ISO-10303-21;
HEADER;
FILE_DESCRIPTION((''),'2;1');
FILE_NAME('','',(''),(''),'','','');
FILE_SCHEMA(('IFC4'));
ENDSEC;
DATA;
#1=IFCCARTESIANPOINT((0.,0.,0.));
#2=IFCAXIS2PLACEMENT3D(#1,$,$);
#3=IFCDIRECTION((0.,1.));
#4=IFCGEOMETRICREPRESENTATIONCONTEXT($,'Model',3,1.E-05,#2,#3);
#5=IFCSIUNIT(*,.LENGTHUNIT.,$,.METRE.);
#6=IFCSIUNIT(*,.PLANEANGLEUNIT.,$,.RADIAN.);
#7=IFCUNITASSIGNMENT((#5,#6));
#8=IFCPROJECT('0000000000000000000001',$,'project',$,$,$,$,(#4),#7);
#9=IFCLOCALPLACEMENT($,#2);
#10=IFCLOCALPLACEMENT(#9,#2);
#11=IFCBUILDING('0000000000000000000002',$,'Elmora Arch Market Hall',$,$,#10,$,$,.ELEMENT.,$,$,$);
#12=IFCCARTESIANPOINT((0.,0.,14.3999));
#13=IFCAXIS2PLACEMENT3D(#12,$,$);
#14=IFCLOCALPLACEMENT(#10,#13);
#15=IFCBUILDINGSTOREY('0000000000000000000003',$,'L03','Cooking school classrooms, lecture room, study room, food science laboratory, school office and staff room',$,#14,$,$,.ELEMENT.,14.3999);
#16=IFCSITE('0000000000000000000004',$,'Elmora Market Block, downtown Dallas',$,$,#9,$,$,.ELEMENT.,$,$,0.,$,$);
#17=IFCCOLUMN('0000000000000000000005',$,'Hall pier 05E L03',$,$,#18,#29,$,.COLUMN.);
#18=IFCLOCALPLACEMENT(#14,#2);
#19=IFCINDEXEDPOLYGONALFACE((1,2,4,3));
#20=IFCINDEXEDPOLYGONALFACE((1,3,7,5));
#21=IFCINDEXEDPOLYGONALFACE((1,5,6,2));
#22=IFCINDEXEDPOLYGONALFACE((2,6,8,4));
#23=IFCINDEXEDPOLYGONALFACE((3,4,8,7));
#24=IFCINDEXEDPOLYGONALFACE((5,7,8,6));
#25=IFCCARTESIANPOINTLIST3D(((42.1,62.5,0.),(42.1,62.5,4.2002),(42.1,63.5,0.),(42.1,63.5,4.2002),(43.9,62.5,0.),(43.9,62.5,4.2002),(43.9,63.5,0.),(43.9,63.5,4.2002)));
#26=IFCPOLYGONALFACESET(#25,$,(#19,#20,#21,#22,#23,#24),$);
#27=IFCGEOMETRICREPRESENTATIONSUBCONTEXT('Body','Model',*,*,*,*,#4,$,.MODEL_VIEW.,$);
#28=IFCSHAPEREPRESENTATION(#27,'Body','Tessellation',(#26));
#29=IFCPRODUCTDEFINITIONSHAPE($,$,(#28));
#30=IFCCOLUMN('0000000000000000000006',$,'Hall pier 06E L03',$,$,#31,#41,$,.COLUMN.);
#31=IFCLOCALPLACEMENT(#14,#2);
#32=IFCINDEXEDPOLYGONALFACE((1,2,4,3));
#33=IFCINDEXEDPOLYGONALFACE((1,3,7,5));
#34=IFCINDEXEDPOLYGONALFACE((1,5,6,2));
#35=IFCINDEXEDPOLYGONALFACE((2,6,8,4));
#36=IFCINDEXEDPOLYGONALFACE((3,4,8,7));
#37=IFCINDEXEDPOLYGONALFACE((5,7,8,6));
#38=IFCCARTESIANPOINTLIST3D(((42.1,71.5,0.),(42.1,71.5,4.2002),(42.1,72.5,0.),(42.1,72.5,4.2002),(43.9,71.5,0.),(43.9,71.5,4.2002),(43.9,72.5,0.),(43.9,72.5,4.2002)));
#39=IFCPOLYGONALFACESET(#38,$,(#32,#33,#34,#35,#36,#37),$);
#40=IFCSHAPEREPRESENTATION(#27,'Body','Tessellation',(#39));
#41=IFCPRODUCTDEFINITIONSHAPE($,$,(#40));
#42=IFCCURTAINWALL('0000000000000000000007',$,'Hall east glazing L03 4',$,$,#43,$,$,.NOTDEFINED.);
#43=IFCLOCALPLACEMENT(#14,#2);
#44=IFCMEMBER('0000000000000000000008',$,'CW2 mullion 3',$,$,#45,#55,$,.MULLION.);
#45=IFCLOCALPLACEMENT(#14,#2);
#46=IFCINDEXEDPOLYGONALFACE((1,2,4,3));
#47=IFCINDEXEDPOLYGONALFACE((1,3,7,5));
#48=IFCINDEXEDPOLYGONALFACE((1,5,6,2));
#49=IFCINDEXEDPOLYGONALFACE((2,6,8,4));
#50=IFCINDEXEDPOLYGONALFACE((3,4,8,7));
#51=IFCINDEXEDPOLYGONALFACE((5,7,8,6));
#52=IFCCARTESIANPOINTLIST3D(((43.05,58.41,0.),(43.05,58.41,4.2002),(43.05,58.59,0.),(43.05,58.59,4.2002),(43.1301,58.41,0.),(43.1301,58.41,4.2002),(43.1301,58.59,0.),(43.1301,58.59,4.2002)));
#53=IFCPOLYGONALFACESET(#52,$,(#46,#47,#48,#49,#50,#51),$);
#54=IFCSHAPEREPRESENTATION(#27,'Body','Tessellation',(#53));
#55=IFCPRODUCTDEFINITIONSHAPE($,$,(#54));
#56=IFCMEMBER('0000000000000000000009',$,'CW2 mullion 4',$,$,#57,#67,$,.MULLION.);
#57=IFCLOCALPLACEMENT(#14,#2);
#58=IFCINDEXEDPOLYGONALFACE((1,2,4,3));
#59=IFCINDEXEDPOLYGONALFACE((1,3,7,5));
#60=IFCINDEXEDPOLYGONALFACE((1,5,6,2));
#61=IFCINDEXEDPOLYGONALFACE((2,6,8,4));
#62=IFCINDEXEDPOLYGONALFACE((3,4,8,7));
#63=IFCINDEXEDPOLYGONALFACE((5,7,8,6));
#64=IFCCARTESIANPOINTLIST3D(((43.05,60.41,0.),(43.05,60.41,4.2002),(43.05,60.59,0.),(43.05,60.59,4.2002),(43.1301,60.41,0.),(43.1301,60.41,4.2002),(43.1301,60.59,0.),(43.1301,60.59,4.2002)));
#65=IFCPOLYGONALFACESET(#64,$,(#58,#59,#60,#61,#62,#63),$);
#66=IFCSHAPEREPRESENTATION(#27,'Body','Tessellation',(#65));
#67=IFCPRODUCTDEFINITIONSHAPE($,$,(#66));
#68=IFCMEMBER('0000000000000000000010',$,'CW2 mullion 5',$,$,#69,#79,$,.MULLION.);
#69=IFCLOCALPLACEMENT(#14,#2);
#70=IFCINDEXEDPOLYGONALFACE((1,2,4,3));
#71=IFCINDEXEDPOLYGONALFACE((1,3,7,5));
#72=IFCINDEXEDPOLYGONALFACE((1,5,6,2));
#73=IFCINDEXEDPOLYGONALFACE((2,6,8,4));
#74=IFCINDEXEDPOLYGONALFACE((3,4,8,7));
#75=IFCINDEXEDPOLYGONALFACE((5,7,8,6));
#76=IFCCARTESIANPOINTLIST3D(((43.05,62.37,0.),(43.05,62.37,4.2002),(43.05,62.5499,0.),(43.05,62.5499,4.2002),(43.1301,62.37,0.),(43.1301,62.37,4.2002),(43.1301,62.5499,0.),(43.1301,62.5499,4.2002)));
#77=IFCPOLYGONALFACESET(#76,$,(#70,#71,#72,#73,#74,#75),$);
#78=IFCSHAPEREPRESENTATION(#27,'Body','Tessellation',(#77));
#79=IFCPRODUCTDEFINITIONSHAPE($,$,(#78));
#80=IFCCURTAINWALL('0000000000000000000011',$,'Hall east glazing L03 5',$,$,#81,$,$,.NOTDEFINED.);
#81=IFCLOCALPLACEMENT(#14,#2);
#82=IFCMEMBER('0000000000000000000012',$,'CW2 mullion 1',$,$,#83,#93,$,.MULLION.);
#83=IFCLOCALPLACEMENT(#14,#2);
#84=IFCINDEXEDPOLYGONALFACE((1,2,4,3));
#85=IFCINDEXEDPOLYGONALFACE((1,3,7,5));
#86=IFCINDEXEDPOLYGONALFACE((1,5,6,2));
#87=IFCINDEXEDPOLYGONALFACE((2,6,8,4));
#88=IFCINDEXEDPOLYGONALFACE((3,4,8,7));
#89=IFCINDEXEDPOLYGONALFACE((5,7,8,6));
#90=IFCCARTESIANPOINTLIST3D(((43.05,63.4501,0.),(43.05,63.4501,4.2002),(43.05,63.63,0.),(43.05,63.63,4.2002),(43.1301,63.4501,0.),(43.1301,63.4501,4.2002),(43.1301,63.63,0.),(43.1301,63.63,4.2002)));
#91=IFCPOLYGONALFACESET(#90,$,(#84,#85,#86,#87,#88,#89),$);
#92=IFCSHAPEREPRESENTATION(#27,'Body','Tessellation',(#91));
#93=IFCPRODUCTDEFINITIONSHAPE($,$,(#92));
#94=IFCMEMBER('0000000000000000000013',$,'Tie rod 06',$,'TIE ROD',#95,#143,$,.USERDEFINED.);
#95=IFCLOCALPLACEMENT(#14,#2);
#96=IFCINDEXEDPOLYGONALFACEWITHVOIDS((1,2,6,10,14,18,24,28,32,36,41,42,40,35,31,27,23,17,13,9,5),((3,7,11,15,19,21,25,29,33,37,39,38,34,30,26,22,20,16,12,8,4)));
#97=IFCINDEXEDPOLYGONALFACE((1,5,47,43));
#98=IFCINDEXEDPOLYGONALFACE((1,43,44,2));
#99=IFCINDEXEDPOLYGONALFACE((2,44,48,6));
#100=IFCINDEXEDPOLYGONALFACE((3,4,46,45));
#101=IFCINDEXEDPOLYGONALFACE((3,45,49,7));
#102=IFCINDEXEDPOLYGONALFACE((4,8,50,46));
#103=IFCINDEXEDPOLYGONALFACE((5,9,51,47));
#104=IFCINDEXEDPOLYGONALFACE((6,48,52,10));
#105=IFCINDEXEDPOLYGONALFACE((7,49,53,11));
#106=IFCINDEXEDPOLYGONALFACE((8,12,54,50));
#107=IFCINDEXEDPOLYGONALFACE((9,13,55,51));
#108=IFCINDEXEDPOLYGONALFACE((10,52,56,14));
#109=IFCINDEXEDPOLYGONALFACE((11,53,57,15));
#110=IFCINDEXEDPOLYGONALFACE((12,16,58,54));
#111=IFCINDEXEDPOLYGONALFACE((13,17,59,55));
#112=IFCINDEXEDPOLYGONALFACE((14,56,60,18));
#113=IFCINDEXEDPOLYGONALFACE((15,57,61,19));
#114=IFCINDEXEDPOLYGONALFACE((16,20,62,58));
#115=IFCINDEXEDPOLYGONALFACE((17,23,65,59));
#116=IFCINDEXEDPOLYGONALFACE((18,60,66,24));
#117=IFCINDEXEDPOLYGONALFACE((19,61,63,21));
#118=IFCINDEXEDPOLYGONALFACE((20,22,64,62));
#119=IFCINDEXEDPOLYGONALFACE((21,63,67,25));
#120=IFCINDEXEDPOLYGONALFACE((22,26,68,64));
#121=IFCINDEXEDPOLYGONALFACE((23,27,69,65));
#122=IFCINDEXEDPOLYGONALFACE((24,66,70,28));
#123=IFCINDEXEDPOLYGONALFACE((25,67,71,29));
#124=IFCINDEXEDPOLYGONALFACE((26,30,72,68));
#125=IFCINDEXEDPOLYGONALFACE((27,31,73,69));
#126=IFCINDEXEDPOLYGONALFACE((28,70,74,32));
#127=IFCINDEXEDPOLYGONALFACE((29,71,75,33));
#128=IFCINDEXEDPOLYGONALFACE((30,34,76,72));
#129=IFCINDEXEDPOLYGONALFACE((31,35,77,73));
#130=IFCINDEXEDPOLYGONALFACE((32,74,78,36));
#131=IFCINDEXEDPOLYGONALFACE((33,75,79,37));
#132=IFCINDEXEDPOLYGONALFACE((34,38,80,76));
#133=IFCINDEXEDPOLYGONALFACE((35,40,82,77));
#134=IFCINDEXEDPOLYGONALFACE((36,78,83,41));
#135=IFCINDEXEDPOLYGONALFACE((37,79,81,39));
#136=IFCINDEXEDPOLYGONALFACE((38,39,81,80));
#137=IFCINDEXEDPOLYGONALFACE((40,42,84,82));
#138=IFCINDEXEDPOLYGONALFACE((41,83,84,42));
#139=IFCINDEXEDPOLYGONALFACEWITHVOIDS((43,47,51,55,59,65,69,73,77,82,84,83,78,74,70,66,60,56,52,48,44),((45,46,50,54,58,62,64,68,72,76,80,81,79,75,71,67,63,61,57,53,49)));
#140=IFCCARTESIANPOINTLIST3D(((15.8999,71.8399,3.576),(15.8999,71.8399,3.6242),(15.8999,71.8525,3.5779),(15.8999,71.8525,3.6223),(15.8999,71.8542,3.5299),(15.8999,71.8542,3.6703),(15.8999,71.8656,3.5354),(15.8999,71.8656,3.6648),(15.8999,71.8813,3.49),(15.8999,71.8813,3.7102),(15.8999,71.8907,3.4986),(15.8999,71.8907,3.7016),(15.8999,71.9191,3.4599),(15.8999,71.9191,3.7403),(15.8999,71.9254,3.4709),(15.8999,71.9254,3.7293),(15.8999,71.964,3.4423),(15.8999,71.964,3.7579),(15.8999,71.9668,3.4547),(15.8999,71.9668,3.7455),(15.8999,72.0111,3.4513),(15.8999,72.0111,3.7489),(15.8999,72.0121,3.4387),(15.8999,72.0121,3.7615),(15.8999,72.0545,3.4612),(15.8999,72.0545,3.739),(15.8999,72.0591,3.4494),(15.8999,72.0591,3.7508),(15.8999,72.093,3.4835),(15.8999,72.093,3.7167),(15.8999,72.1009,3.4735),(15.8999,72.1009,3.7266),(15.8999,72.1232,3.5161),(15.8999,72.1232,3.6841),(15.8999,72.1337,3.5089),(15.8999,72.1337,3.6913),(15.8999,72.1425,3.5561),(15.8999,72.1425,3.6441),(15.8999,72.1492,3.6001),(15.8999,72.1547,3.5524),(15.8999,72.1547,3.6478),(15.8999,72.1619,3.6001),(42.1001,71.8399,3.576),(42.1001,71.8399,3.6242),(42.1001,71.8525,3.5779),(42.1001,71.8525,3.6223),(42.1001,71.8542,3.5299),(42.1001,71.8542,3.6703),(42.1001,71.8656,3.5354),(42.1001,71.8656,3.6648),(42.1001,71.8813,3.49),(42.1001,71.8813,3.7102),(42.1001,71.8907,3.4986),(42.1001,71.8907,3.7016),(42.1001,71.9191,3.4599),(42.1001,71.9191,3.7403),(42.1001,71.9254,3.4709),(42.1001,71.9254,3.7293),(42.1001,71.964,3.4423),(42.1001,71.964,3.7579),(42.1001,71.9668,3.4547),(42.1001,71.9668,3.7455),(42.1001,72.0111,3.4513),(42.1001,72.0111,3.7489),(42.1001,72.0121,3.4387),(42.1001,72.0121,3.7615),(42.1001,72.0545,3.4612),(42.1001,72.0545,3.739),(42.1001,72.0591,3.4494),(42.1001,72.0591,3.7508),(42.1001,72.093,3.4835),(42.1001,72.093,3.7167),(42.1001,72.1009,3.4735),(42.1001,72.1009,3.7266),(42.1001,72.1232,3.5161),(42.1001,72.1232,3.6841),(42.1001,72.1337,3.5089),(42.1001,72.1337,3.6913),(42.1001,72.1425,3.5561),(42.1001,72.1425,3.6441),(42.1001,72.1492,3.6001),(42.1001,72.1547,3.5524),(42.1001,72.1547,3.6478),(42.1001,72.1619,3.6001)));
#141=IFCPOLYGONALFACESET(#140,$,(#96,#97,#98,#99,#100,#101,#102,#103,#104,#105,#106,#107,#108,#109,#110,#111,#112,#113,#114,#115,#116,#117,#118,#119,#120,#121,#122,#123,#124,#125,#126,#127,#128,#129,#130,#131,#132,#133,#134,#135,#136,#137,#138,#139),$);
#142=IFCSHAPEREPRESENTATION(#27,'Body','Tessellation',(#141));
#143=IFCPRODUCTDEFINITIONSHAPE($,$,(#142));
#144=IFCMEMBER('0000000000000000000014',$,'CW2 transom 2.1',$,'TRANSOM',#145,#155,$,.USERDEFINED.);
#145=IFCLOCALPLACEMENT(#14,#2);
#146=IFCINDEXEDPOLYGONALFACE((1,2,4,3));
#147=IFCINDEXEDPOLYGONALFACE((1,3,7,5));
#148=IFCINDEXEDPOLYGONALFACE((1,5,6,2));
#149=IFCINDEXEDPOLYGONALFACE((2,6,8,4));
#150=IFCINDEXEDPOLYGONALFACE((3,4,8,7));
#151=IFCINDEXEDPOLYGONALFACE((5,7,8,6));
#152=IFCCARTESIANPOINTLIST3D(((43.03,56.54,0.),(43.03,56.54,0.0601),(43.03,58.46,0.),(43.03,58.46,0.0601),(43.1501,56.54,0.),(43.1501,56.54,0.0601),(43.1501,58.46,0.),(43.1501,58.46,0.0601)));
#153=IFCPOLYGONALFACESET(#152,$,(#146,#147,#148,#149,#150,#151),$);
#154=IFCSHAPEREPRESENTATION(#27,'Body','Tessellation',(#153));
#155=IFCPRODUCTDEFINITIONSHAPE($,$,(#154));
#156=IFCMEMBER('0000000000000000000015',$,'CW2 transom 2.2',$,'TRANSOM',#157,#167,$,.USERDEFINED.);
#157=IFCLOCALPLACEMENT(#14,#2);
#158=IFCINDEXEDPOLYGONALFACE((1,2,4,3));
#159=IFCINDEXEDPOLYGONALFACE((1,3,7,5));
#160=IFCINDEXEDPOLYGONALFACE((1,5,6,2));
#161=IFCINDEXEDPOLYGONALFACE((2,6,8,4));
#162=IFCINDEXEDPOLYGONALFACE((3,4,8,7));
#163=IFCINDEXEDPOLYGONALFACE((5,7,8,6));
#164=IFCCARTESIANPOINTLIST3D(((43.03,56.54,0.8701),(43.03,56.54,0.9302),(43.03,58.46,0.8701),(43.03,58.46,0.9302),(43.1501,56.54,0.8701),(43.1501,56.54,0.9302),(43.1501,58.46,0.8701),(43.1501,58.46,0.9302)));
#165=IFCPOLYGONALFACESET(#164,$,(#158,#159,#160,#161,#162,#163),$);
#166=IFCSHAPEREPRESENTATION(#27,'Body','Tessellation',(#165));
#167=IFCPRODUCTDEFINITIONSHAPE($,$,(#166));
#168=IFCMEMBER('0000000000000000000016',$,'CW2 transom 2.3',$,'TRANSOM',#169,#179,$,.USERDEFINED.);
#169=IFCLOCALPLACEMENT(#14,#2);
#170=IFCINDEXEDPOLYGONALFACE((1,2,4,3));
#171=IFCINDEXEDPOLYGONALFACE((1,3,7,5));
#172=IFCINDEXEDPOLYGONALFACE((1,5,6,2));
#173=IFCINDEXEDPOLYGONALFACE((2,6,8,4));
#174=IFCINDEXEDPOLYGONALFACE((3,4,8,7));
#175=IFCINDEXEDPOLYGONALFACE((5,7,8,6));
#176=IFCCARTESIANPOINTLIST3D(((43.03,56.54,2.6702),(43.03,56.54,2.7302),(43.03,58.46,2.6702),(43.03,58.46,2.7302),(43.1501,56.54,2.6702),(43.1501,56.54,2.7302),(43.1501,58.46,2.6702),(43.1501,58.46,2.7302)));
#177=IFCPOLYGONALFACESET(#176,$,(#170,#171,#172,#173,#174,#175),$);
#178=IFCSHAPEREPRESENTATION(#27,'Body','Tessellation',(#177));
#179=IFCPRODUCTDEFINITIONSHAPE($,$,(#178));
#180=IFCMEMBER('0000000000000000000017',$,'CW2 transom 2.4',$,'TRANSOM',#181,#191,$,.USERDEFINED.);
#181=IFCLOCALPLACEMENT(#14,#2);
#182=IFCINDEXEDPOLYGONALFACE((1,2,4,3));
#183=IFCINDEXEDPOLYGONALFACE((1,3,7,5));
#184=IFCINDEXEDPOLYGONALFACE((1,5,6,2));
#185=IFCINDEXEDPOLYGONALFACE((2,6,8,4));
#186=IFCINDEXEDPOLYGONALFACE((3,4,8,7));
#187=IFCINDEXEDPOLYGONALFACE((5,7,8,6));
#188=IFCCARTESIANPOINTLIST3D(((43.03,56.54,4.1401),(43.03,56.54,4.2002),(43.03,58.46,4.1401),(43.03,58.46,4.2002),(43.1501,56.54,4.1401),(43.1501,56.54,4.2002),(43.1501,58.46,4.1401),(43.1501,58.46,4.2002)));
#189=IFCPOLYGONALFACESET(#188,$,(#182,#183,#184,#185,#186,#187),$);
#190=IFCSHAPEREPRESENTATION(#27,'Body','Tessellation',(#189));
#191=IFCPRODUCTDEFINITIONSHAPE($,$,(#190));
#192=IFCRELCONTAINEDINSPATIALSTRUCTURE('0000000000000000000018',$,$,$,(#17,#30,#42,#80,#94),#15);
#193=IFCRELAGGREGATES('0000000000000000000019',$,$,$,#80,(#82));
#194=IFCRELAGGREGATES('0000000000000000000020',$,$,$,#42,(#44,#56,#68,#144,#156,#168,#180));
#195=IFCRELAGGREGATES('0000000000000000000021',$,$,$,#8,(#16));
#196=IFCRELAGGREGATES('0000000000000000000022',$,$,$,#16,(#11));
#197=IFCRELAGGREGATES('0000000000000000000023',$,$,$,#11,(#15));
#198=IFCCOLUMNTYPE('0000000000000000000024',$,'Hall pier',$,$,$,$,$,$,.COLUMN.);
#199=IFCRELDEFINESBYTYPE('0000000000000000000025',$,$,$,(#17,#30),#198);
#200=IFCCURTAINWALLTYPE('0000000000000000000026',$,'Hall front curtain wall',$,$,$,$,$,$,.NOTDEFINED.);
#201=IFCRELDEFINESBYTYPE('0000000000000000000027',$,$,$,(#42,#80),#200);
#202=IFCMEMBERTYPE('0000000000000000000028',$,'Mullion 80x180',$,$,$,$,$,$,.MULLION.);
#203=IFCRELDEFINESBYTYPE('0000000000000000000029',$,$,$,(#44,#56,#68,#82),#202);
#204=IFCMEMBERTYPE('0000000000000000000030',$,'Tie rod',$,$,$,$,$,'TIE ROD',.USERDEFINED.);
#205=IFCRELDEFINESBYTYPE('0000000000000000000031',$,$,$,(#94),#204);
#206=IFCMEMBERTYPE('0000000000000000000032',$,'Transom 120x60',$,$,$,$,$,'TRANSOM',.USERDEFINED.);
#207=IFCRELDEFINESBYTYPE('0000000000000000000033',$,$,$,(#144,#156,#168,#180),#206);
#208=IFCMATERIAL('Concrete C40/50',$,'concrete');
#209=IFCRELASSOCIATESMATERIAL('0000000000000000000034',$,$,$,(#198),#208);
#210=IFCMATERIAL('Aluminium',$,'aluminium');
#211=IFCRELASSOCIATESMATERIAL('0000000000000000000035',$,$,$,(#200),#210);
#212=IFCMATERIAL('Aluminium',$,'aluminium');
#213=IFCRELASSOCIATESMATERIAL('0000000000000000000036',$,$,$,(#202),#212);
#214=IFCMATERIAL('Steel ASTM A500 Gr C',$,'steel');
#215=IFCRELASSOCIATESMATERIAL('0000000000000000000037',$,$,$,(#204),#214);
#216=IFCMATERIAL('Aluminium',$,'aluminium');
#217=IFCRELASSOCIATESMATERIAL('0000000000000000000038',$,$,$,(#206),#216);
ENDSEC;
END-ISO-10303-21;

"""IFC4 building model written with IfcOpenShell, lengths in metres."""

from ifc_helpers import new_model, si_unit, direction, frame, origin, origin_2d, place, context, subcontext, project, spatial, rectangle, hollow_circle, extrude, material, material_profile, profile_set, type_object, element, aggregate, save


model = new_model("IFC4")

# Units and contexts
model_context = context("Model", 3, precision=1e-05, world=origin(), true_north=direction((0.0, 1.0)))
body_context = subcontext(model_context, "Body", "Model", "MODEL_VIEW")
ifc_project = project(units=[si_unit("LENGTHUNIT", "METRE"), si_unit("PLANEANGLEUNIT", "RADIAN")], contexts=[model_context])

# Site, building, storey
site_placement = place(None, origin())
site = spatial("IfcSite", under=ifc_project, at=site_placement, Name="Elmora Market Block, downtown Dallas", CompositionType="ELEMENT", RefElevation=0.0)
building_placement = place(site_placement, origin())
building = spatial("IfcBuilding", under=site, at=building_placement, Name="Elmora Arch Market Hall", CompositionType="ELEMENT")
storey_placement = place(building_placement, frame((0.0, 0.0, 14.3999)))
storey = spatial("IfcBuildingStorey", under=building, at=storey_placement, Name="L03", Description="Cooking school classrooms, lecture room, study room, food science laboratory, school office and staff room", CompositionType="ELEMENT", Elevation=14.3999)

# Columns
ifc_material_1 = material(Name="Concrete C40/50", Category="concrete")
ifc_material_profile_1 = material_profile(ifc_material_1, rectangle(XDim=1.8, YDim=1.0, at=origin_2d()), Name="Hall pier")
ifc_profile_set_1 = profile_set([ifc_material_profile_1], Name="Concrete C40/50")
column_type = type_object("IfcColumnType", Name="Hall pier", PredefinedType="COLUMN", material=ifc_profile_set_1)
for number, where, z_axis, x_axis, name in (
    (1, (43.0, 63.0, 0.0), (0.0, 0.0, 1.0), (1.0, 0.0, 0.0), "Hall pier 05E L03"),
    (2, (43.0, 72.0, 0.0), (0.0, 0.0, 1.0), (1.0, 0.0, 0.0), "Hall pier 06E L03"),
):
    element("IfcColumn", number, at=place(storey_placement, frame(where, z_axis=z_axis, x_axis=x_axis)), inside=storey, type_object=column_type, Name=name, PredefinedType="COLUMN", context=body_context, shape_type="SweptSolid", body=[
        extrude(rectangle(XDim=1.8, YDim=1.0, at=origin_2d()), origin(), (0.0, 0.0, 1.0), 4.2002),
    ])

# Curtain wall, members
ifc_material_2 = material(Name="Aluminium", Category="aluminium")
curtain_wall_type = type_object("IfcCurtainWallType", Name="Hall front curtain wall", PredefinedType="NOTDEFINED", material=ifc_material_2)
curtain_wall_1_placement = place(storey_placement, origin())
curtain_wall_1 = element("IfcCurtainWall", 3, at=curtain_wall_1_placement, inside=storey, type_object=curtain_wall_type, Name="Hall east glazing L03 4", PredefinedType="NOTDEFINED")
ifc_material_3 = material(Name="Aluminium", Category="aluminium")
ifc_material_profile_2 = material_profile(ifc_material_3, rectangle(XDim=0.0801, YDim=0.1799, at=origin_2d()), Name="AL 80x180")
ifc_profile_set_2 = profile_set([ifc_material_profile_2], Name="Aluminium")
member_type_1 = type_object("IfcMemberType", Name="Mullion 80x180", PredefinedType="MULLION", material=ifc_profile_set_2)
member_1_placement = place(storey_placement, frame((43.0901, 58.5, 0.0), z_axis=(0.0, 0.0, 1.0), x_axis=(-1.0, 0.0, 0.0)))
member_1 = element("IfcMember", 4, at=member_1_placement, type_object=member_type_1, Name="CW2 mullion 3", PredefinedType="MULLION", context=body_context, shape_type="SweptSolid", body=[
    extrude(rectangle(XDim=0.0801, YDim=0.1799, at=origin_2d()), origin(), (0.0, 0.0, 1.0), 4.2002),
])
member_2_placement = place(storey_placement, frame((43.0901, 60.5, 0.0), z_axis=(0.0, 0.0, 1.0), x_axis=(-1.0, 0.0, 0.0)))
member_2 = element("IfcMember", 5, at=member_2_placement, type_object=member_type_1, Name="CW2 mullion 4", PredefinedType="MULLION", context=body_context, shape_type="SweptSolid", body=[
    extrude(rectangle(XDim=0.0801, YDim=0.1799, at=origin_2d()), origin(), (0.0, 0.0, 1.0), 4.2002),
])
member_3_placement = place(storey_placement, frame((43.0901, 62.46, 0.0), z_axis=(0.0, 0.0, 1.0), x_axis=(-1.0, 0.0, 0.0)))
member_3 = element("IfcMember", 6, at=member_3_placement, type_object=member_type_1, Name="CW2 mullion 5", PredefinedType="MULLION", context=body_context, shape_type="SweptSolid", body=[
    extrude(rectangle(XDim=0.0801, YDim=0.1799, at=origin_2d()), origin(), (0.0, 0.0, 1.0), 4.2002),
])

# Curtain wall, member
curtain_wall_2_placement = place(storey_placement, origin())
curtain_wall_2 = element("IfcCurtainWall", 7, at=curtain_wall_2_placement, inside=storey, type_object=curtain_wall_type, Name="Hall east glazing L03 5", PredefinedType="NOTDEFINED")
member_4_placement = place(storey_placement, frame((43.0901, 63.54, 0.0), z_axis=(0.0, 0.0, 1.0), x_axis=(-1.0, 0.0, 0.0)))
member_4 = element("IfcMember", 8, at=member_4_placement, type_object=member_type_1, Name="CW2 mullion 1", PredefinedType="MULLION", context=body_context, shape_type="SweptSolid", body=[
    extrude(rectangle(XDim=0.0801, YDim=0.1799, at=origin_2d()), origin(), (0.0, 0.0, 1.0), 4.2002),
])

# Members
ifc_material_4 = material(Name="Steel ASTM A500 Gr C", Category="steel")
ifc_material_profile_3 = material_profile(ifc_material_4, hollow_circle(Radius=0.1619, WallThickness=0.0127, at=origin_2d()), Name="Tie rod")
ifc_profile_set_3 = profile_set([ifc_material_profile_3], Name="Steel ASTM A500 Gr C")
member_type_2 = type_object("IfcMemberType", Name="Tie rod", ElementType="TIE ROD", PredefinedType="USERDEFINED", material=ifc_profile_set_3)
member_5_placement = place(storey_placement, frame((15.8999, 72.0, 3.6001), z_axis=(1.0, 0.0, 0.0), x_axis=(0.0, 1.0, 0.0)))
element("IfcMember", 9, at=member_5_placement, inside=storey, type_object=member_type_2, Name="Tie rod 06", ObjectType="TIE ROD", PredefinedType="USERDEFINED", context=body_context, shape_type="SweptSolid", body=[
    extrude(hollow_circle(Radius=0.1619, WallThickness=0.0127, at=origin_2d()), origin(), (0.0, 0.0, 1.0), 26.2002),
])
ifc_material_5 = material(Name="Aluminium", Category="aluminium")
ifc_material_profile_4 = material_profile(ifc_material_5, rectangle(XDim=0.1201, YDim=0.0601, at=origin_2d()), Name="AL 120x60")
ifc_profile_set_4 = profile_set([ifc_material_profile_4], Name="Aluminium")
member_type_3 = type_object("IfcMemberType", Name="Transom 120x60", ElementType="TRANSOM", PredefinedType="USERDEFINED", material=ifc_profile_set_4)
member_6_placement = place(storey_placement, frame((43.0901, 56.54, 0.03), z_axis=(0.0, 1.0, 0.0), x_axis=(-1.0, 0.0, 0.0)))
member_6 = element("IfcMember", 10, at=member_6_placement, type_object=member_type_3, Name="CW2 transom 2.1", ObjectType="TRANSOM", PredefinedType="USERDEFINED", context=body_context, shape_type="SweptSolid", body=[
    extrude(rectangle(XDim=0.1201, YDim=0.0601, at=origin_2d()), origin(), (0.0, 0.0, 1.0), 1.9199),
])
member_7_placement = place(storey_placement, frame((43.0901, 56.54, 0.9001), z_axis=(0.0, 1.0, 0.0), x_axis=(-1.0, 0.0, 0.0)))
member_7 = element("IfcMember", 11, at=member_7_placement, type_object=member_type_3, Name="CW2 transom 2.2", ObjectType="TRANSOM", PredefinedType="USERDEFINED", context=body_context, shape_type="SweptSolid", body=[
    extrude(rectangle(XDim=0.1201, YDim=0.0601, at=origin_2d()), origin(), (0.0, 0.0, 1.0), 1.9199),
])
member_8_placement = place(storey_placement, frame((43.0901, 56.54, 2.7002), z_axis=(0.0, 1.0, 0.0), x_axis=(-1.0, 0.0, 0.0)))
member_8 = element("IfcMember", 12, at=member_8_placement, type_object=member_type_3, Name="CW2 transom 2.3", ObjectType="TRANSOM", PredefinedType="USERDEFINED", context=body_context, shape_type="SweptSolid", body=[
    extrude(rectangle(XDim=0.1201, YDim=0.0601, at=origin_2d()), origin(), (0.0, 0.0, 1.0), 1.9199),
])
member_9_placement = place(storey_placement, frame((43.0901, 56.54, 4.1702), z_axis=(0.0, 1.0, 0.0), x_axis=(-1.0, 0.0, 0.0)))
member_9 = element("IfcMember", 13, at=member_9_placement, type_object=member_type_3, Name="CW2 transom 2.4", ObjectType="TRANSOM", PredefinedType="USERDEFINED", context=body_context, shape_type="SweptSolid", body=[
    extrude(rectangle(XDim=0.1201, YDim=0.0601, at=origin_2d()), origin(), (0.0, 0.0, 1.0), 1.9199),
])
aggregate(curtain_wall_2, [member_4])

aggregate(curtain_wall_1, [member_1, member_2, member_3, member_6, member_7, member_8, member_9])

save(model, "model.ifc")
